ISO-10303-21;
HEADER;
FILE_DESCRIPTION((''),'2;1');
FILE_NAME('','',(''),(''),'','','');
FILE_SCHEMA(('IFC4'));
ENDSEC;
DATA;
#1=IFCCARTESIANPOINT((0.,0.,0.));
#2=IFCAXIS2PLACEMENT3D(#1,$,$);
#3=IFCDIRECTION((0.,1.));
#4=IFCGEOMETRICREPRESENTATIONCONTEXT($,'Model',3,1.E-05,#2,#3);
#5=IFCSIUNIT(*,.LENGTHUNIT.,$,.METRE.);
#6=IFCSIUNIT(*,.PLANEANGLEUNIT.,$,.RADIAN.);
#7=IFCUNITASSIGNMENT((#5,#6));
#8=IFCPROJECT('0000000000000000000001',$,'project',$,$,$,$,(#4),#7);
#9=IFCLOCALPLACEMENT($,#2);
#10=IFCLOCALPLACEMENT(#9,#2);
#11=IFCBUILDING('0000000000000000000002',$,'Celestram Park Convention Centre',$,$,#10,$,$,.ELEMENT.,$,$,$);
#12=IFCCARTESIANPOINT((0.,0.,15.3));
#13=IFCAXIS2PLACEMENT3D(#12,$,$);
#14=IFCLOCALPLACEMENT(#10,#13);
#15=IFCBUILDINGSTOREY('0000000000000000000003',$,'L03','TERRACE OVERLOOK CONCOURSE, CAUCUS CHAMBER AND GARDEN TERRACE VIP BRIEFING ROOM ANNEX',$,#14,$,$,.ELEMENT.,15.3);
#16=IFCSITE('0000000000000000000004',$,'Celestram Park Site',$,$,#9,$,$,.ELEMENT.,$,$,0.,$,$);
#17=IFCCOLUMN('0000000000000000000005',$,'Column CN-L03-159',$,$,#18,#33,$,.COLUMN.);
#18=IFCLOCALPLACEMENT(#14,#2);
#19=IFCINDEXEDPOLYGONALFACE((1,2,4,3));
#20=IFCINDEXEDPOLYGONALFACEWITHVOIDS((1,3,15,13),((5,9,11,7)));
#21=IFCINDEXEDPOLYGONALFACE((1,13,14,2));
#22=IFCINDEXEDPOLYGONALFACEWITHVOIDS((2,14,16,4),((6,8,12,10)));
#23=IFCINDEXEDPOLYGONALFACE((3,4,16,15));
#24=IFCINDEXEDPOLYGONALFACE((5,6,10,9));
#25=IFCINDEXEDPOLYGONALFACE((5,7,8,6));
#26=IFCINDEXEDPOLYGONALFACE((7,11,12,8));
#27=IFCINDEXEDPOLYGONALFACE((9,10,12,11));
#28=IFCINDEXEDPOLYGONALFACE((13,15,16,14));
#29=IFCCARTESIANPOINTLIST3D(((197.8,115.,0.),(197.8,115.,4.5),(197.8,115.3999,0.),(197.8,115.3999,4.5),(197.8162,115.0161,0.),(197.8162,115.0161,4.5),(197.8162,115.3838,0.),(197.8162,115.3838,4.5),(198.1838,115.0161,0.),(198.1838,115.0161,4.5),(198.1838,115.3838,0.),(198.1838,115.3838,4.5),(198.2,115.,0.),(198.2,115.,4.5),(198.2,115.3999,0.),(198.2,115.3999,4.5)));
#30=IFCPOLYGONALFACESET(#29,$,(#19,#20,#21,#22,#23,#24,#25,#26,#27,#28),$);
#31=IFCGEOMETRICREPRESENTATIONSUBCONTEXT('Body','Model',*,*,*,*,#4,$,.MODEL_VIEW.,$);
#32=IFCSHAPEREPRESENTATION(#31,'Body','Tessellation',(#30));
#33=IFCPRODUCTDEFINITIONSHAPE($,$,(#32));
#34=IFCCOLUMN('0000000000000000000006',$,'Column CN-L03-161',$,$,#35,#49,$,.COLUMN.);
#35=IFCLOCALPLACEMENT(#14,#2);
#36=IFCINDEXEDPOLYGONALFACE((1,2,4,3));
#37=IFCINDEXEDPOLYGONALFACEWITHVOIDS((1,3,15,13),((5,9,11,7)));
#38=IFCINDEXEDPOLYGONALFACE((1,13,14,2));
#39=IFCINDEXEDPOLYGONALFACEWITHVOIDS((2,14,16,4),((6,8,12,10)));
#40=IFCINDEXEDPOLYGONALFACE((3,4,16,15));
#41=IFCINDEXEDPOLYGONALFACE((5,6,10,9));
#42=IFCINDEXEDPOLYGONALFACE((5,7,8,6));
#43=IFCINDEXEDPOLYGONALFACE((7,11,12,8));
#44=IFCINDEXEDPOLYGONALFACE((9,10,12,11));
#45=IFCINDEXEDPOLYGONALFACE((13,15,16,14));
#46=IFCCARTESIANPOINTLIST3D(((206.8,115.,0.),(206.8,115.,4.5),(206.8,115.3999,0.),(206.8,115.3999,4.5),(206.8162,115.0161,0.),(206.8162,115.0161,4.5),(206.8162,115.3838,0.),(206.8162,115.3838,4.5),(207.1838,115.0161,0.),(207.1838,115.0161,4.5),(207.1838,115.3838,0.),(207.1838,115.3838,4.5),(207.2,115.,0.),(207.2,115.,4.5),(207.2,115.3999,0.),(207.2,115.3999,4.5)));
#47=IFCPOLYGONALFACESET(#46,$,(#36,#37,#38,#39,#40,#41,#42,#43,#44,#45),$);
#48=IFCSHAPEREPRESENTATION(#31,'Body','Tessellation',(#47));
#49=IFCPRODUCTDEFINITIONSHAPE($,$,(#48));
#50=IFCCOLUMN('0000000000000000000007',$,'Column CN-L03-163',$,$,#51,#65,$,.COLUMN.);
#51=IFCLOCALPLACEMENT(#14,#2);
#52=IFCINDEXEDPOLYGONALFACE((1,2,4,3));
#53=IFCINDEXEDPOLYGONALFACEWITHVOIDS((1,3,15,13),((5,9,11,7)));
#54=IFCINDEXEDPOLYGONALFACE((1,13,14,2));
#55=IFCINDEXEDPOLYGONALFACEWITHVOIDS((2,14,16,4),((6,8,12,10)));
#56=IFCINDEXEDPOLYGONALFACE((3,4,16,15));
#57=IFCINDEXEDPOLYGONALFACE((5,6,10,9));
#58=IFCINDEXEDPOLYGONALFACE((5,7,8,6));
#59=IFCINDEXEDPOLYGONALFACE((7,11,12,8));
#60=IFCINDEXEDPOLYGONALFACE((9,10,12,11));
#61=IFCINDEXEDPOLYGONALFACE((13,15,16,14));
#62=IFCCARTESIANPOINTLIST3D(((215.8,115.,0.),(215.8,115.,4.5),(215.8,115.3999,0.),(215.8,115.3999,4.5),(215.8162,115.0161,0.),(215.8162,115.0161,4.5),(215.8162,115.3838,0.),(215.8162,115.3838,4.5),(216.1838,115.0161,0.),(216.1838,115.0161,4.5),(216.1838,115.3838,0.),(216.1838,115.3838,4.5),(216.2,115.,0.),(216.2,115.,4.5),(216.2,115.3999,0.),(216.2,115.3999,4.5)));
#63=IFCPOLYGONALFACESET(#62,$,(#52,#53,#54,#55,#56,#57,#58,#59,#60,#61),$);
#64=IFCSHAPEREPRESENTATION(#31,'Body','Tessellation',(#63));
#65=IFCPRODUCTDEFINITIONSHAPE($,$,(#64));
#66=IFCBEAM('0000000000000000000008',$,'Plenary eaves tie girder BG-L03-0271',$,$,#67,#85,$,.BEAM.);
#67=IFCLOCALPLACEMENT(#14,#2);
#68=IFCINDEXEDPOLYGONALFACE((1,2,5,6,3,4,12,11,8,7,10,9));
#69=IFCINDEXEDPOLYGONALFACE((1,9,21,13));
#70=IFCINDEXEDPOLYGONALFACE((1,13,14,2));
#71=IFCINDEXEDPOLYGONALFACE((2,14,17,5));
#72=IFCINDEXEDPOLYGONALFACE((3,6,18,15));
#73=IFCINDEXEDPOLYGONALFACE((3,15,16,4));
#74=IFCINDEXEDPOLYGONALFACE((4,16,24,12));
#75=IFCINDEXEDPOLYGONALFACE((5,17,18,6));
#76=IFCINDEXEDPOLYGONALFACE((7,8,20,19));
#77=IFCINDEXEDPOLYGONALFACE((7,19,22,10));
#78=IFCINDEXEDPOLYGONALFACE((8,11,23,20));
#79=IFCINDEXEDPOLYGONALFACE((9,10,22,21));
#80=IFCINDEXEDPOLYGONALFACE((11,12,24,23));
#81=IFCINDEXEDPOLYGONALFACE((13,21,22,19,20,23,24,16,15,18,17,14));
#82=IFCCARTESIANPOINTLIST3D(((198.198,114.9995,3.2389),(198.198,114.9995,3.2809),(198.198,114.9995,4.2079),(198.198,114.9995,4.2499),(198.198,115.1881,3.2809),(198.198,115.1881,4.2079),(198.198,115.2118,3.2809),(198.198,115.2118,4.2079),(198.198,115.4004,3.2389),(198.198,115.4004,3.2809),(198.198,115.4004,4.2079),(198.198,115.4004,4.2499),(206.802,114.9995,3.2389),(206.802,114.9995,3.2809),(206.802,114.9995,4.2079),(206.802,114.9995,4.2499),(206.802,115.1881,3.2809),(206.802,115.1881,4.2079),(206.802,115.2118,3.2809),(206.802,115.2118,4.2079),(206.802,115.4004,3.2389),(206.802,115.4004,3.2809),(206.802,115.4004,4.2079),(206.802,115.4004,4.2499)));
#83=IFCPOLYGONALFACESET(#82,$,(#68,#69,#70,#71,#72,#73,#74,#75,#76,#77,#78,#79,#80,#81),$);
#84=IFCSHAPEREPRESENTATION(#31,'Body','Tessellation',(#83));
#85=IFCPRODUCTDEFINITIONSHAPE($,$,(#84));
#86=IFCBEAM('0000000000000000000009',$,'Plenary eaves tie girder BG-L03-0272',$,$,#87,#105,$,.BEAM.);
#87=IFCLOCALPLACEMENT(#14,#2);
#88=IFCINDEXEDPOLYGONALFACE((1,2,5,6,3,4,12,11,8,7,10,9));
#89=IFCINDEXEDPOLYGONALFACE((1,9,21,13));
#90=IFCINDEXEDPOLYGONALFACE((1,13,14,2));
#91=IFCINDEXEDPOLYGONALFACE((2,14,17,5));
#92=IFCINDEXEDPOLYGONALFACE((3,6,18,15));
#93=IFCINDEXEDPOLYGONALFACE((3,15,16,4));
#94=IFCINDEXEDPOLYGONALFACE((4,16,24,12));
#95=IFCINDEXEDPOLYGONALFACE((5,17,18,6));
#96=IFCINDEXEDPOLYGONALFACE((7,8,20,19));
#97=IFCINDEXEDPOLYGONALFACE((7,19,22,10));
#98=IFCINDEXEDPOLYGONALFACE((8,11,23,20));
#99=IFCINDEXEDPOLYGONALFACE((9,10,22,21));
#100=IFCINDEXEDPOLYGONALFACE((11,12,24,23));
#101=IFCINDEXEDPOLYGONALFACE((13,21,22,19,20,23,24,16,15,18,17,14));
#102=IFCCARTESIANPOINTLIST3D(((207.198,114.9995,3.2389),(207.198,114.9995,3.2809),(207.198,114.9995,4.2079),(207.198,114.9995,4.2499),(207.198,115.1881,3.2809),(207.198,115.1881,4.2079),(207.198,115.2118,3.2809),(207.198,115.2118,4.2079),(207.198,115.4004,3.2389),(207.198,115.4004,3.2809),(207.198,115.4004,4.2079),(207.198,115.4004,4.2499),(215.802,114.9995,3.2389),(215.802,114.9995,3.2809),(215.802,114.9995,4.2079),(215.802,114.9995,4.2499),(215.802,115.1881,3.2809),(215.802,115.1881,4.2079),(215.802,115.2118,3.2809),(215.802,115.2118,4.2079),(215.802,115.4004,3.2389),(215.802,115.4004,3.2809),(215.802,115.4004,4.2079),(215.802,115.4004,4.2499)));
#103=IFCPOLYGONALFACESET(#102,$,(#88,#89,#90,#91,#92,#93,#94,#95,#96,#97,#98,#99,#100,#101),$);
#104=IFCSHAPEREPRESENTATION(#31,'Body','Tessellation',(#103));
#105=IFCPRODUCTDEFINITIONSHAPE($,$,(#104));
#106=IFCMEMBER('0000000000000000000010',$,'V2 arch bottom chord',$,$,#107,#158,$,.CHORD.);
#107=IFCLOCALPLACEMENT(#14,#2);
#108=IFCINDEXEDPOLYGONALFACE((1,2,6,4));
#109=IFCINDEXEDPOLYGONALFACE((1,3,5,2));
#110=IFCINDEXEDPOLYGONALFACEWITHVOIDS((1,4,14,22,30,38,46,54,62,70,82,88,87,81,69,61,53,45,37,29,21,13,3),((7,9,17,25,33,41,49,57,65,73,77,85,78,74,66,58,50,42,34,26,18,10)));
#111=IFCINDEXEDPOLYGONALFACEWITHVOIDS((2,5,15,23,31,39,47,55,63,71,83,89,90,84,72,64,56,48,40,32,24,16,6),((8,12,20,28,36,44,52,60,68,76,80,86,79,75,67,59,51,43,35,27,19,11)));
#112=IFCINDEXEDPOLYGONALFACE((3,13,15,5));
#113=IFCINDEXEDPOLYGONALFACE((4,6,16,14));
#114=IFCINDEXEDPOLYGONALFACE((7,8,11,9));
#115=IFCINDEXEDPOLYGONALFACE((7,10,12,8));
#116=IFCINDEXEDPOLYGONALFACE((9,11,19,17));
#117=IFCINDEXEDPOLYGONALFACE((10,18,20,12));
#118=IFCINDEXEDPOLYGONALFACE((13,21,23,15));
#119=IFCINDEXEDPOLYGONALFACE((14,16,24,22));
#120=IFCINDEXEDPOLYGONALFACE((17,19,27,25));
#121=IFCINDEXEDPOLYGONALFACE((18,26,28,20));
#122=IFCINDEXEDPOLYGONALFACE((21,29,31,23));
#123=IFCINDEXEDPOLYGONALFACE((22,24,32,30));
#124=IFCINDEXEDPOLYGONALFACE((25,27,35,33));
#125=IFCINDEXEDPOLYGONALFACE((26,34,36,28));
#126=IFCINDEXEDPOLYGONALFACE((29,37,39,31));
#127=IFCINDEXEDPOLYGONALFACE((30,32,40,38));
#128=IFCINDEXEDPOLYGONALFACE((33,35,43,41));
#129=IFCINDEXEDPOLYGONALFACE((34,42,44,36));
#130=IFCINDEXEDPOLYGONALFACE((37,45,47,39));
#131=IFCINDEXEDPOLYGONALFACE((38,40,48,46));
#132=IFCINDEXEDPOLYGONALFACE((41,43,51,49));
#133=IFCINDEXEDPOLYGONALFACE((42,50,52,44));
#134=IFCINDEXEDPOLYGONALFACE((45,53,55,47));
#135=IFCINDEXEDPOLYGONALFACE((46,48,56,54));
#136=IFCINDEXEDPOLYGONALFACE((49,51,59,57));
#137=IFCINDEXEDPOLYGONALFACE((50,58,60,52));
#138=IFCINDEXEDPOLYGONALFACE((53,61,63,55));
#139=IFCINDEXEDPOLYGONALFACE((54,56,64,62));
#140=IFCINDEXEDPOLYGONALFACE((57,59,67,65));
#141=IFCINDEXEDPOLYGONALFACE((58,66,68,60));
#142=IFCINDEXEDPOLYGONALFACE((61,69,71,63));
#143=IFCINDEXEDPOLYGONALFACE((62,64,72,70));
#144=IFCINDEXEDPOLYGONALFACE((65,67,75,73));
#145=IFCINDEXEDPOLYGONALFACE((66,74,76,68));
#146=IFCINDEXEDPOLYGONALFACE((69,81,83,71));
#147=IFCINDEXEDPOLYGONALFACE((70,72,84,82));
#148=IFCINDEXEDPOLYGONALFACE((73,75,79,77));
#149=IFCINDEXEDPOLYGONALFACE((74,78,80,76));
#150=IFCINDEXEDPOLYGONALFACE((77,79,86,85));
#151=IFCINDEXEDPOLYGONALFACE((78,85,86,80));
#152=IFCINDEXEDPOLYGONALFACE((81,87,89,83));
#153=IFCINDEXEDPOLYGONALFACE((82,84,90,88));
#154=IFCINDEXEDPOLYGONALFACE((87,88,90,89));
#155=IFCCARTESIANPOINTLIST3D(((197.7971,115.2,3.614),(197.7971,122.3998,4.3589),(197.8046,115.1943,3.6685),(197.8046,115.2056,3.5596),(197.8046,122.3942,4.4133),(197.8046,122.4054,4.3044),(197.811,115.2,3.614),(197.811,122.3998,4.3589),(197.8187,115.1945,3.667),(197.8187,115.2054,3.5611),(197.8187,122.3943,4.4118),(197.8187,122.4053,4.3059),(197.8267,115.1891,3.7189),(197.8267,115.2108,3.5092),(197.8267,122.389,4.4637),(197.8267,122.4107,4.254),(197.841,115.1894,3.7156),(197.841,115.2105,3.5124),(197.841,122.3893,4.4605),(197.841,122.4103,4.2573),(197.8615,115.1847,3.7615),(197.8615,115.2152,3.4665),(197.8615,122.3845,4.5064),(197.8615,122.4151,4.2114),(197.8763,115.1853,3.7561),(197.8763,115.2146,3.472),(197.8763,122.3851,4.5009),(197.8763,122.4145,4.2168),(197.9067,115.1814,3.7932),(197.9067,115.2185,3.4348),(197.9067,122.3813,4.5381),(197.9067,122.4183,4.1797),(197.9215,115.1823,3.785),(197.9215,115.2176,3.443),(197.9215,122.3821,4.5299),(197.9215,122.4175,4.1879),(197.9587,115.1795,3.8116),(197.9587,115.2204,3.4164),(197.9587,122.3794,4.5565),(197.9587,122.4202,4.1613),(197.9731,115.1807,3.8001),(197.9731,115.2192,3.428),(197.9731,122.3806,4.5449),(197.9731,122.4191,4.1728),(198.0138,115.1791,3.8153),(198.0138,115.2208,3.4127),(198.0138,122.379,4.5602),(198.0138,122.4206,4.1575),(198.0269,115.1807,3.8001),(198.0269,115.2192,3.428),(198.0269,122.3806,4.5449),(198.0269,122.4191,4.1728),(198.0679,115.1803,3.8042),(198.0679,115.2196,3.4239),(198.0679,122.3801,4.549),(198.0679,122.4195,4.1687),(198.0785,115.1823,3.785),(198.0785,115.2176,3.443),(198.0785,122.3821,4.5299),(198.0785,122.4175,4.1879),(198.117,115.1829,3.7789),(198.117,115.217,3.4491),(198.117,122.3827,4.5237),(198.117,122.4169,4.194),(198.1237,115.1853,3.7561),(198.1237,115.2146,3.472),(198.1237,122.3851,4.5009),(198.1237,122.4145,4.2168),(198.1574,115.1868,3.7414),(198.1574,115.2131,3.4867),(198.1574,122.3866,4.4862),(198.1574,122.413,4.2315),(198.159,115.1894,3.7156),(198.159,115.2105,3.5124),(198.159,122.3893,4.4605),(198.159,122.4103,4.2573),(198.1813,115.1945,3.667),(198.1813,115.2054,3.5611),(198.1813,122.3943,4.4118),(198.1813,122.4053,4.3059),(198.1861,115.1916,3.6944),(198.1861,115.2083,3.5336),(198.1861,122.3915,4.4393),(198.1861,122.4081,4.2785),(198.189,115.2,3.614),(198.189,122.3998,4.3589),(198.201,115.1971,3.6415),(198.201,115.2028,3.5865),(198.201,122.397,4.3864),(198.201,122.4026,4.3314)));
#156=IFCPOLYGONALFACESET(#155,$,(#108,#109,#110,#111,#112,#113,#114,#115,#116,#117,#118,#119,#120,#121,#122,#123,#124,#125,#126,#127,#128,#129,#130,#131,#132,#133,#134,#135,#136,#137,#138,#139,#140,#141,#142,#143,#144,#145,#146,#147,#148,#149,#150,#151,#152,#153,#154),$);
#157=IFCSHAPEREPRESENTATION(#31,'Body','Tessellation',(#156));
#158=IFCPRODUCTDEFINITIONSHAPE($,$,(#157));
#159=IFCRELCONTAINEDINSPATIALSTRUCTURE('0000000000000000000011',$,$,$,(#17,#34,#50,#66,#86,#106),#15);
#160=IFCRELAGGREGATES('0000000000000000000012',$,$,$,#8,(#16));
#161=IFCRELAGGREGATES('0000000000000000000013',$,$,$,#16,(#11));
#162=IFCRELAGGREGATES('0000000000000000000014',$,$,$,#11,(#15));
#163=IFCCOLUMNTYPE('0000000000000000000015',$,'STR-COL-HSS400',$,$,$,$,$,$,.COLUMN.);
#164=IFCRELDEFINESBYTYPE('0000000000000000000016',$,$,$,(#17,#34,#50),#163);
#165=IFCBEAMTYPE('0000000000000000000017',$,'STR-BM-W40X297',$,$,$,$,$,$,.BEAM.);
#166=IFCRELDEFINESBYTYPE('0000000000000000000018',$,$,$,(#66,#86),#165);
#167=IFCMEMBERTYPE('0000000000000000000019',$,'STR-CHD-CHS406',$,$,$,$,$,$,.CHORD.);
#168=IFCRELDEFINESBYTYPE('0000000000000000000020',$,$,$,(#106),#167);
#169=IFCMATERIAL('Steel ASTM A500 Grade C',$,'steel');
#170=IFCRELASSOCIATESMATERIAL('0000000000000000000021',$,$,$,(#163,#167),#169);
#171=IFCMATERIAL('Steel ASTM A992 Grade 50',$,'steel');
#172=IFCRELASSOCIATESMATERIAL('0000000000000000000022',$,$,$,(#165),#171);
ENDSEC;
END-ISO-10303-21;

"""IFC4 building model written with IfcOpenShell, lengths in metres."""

from ifc_helpers import new_model, si_unit, direction, frame, origin, origin_2d, place, context, subcontext, project, spatial, hollow_rectangle, hollow_circle, i_section, extrude, material, material_profile, profile_set, type_object, element, save


model = new_model("IFC4")

# Units and contexts
model_context = context("Model", 3, precision=1e-05, world=origin(), true_north=direction((0.0, 1.0)))
body_context = subcontext(model_context, "Body", "Model", "MODEL_VIEW")
ifc_project = project(units=[si_unit("LENGTHUNIT", "METRE"), si_unit("PLANEANGLEUNIT", "RADIAN")], contexts=[model_context])

# Site, building, storey
site_placement = place(None, origin())
site = spatial("IfcSite", under=ifc_project, at=site_placement, Name="Celestram Park Site", CompositionType="ELEMENT", RefElevation=0.0)
building_placement = place(site_placement, origin())
building = spatial("IfcBuilding", under=site, at=building_placement, Name="Celestram Park Convention Centre", CompositionType="ELEMENT")
storey_placement = place(building_placement, frame((0.0, 0.0, 15.3)))
storey = spatial("IfcBuildingStorey", under=building, at=storey_placement, Name="L03", Description="TERRACE OVERLOOK CONCOURSE, CAUCUS CHAMBER AND GARDEN TERRACE VIP BRIEFING ROOM ANNEX", CompositionType="ELEMENT", Elevation=15.3)

# Columns
ifc_material_1 = material(Name="Steel ASTM A500 Grade C", Category="steel")
ifc_material_profile_1 = material_profile(ifc_material_1, hollow_rectangle(XDim=0.3999, YDim=0.3999, WallThickness=0.0161, at=origin_2d()), Name="HSS400X400X16")
ifc_profile_set_1 = profile_set([ifc_material_profile_1], Name="Steel ASTM A500 Grade C")
column_type = type_object("IfcColumnType", Name="STR-COL-HSS400", PredefinedType="COLUMN", material=ifc_profile_set_1)
for number, where, z_axis, x_axis, name in (
    (1, (198.0, 115.2, 0.0), (0.0, 0.0, 1.0), (1.0, 0.0, 0.0), "Column CN-L03-159"),
    (2, (207.0, 115.2, 0.0), (0.0, 0.0, 1.0), (1.0, 0.0, 0.0), "Column CN-L03-161"),
    (3, (216.0, 115.2, 0.0), (0.0, 0.0, 1.0), (1.0, 0.0, 0.0), "Column CN-L03-163"),
):
    element("IfcColumn", number, at=place(storey_placement, frame(where, z_axis=z_axis, x_axis=x_axis)), inside=storey, type_object=column_type, Name=name, PredefinedType="COLUMN", context=body_context, shape_type="SweptSolid", body=[
        extrude(hollow_rectangle(XDim=0.3999, YDim=0.3999, WallThickness=0.0161, at=origin_2d()), origin(), (0.0, 0.0, 1.0), 4.5),
    ])

# Beams
ifc_material_2 = material(Name="Steel ASTM A992 Grade 50", Category="steel")
ifc_material_profile_2 = material_profile(ifc_material_2, i_section(OverallWidth=0.4009, OverallDepth=1.011, WebThickness=0.0237, FlangeThickness=0.042, at=origin_2d()), Name="W40X297")
ifc_profile_set_2 = profile_set([ifc_material_profile_2], Name="Steel ASTM A992 Grade 50")
beam_type_1 = type_object("IfcBeamType", Name="STR-BM-W40X297", PredefinedType="BEAM", material=ifc_profile_set_2)
for number, where, z_axis, x_axis, name in (
    (4, (198.198, 115.2, 3.7444), (1.0, 0.0, 0.0), (0.0, 1.0, 0.0), "Plenary eaves tie girder BG-L03-0271"),
    (5, (207.198, 115.2, 3.7444), (1.0, 0.0, 0.0), (0.0, 1.0, 0.0), "Plenary eaves tie girder BG-L03-0272"),
):
    element("IfcBeam", number, at=place(storey_placement, frame(where, z_axis=z_axis, x_axis=x_axis)), inside=storey, type_object=beam_type_1, Name=name, PredefinedType="BEAM", context=body_context, shape_type="SweptSolid", body=[
        extrude(i_section(OverallWidth=0.4009, OverallDepth=1.011, WebThickness=0.0237, FlangeThickness=0.042, at=origin_2d()), origin(), (0.0, 0.0, 1.0), 8.604),
    ])

# Member
ifc_material_profile_3 = material_profile(ifc_material_1, hollow_circle(Radius=0.2029, WallThickness=0.0139, at=origin_2d()), Name="CHS406X14")
ifc_profile_set_3 = profile_set([ifc_material_profile_3], Name="Steel ASTM A500 Grade C")
member_type = type_object("IfcMemberType", Name="STR-CHD-CHS406", PredefinedType="CHORD", material=ifc_profile_set_3)
for number, where, z_axis, x_axis, name in (
    (6, (198.0, 115.2, 3.614), (0.0, 0.994691, 0.102906), (-1.0, 0.0, 0.0), "V2 arch bottom chord"),
):
    element("IfcMember", number, at=place(storey_placement, frame(where, z_axis=z_axis, x_axis=x_axis)), inside=storey, type_object=member_type, Name=name, PredefinedType="CHORD", context=body_context, shape_type="SweptSolid", body=[
        extrude(hollow_circle(Radius=0.2029, WallThickness=0.0139, at=origin_2d()), origin(), (0.0, 0.0, 1.0), 7.2383),
    ])

save(model, "model.ifc")
